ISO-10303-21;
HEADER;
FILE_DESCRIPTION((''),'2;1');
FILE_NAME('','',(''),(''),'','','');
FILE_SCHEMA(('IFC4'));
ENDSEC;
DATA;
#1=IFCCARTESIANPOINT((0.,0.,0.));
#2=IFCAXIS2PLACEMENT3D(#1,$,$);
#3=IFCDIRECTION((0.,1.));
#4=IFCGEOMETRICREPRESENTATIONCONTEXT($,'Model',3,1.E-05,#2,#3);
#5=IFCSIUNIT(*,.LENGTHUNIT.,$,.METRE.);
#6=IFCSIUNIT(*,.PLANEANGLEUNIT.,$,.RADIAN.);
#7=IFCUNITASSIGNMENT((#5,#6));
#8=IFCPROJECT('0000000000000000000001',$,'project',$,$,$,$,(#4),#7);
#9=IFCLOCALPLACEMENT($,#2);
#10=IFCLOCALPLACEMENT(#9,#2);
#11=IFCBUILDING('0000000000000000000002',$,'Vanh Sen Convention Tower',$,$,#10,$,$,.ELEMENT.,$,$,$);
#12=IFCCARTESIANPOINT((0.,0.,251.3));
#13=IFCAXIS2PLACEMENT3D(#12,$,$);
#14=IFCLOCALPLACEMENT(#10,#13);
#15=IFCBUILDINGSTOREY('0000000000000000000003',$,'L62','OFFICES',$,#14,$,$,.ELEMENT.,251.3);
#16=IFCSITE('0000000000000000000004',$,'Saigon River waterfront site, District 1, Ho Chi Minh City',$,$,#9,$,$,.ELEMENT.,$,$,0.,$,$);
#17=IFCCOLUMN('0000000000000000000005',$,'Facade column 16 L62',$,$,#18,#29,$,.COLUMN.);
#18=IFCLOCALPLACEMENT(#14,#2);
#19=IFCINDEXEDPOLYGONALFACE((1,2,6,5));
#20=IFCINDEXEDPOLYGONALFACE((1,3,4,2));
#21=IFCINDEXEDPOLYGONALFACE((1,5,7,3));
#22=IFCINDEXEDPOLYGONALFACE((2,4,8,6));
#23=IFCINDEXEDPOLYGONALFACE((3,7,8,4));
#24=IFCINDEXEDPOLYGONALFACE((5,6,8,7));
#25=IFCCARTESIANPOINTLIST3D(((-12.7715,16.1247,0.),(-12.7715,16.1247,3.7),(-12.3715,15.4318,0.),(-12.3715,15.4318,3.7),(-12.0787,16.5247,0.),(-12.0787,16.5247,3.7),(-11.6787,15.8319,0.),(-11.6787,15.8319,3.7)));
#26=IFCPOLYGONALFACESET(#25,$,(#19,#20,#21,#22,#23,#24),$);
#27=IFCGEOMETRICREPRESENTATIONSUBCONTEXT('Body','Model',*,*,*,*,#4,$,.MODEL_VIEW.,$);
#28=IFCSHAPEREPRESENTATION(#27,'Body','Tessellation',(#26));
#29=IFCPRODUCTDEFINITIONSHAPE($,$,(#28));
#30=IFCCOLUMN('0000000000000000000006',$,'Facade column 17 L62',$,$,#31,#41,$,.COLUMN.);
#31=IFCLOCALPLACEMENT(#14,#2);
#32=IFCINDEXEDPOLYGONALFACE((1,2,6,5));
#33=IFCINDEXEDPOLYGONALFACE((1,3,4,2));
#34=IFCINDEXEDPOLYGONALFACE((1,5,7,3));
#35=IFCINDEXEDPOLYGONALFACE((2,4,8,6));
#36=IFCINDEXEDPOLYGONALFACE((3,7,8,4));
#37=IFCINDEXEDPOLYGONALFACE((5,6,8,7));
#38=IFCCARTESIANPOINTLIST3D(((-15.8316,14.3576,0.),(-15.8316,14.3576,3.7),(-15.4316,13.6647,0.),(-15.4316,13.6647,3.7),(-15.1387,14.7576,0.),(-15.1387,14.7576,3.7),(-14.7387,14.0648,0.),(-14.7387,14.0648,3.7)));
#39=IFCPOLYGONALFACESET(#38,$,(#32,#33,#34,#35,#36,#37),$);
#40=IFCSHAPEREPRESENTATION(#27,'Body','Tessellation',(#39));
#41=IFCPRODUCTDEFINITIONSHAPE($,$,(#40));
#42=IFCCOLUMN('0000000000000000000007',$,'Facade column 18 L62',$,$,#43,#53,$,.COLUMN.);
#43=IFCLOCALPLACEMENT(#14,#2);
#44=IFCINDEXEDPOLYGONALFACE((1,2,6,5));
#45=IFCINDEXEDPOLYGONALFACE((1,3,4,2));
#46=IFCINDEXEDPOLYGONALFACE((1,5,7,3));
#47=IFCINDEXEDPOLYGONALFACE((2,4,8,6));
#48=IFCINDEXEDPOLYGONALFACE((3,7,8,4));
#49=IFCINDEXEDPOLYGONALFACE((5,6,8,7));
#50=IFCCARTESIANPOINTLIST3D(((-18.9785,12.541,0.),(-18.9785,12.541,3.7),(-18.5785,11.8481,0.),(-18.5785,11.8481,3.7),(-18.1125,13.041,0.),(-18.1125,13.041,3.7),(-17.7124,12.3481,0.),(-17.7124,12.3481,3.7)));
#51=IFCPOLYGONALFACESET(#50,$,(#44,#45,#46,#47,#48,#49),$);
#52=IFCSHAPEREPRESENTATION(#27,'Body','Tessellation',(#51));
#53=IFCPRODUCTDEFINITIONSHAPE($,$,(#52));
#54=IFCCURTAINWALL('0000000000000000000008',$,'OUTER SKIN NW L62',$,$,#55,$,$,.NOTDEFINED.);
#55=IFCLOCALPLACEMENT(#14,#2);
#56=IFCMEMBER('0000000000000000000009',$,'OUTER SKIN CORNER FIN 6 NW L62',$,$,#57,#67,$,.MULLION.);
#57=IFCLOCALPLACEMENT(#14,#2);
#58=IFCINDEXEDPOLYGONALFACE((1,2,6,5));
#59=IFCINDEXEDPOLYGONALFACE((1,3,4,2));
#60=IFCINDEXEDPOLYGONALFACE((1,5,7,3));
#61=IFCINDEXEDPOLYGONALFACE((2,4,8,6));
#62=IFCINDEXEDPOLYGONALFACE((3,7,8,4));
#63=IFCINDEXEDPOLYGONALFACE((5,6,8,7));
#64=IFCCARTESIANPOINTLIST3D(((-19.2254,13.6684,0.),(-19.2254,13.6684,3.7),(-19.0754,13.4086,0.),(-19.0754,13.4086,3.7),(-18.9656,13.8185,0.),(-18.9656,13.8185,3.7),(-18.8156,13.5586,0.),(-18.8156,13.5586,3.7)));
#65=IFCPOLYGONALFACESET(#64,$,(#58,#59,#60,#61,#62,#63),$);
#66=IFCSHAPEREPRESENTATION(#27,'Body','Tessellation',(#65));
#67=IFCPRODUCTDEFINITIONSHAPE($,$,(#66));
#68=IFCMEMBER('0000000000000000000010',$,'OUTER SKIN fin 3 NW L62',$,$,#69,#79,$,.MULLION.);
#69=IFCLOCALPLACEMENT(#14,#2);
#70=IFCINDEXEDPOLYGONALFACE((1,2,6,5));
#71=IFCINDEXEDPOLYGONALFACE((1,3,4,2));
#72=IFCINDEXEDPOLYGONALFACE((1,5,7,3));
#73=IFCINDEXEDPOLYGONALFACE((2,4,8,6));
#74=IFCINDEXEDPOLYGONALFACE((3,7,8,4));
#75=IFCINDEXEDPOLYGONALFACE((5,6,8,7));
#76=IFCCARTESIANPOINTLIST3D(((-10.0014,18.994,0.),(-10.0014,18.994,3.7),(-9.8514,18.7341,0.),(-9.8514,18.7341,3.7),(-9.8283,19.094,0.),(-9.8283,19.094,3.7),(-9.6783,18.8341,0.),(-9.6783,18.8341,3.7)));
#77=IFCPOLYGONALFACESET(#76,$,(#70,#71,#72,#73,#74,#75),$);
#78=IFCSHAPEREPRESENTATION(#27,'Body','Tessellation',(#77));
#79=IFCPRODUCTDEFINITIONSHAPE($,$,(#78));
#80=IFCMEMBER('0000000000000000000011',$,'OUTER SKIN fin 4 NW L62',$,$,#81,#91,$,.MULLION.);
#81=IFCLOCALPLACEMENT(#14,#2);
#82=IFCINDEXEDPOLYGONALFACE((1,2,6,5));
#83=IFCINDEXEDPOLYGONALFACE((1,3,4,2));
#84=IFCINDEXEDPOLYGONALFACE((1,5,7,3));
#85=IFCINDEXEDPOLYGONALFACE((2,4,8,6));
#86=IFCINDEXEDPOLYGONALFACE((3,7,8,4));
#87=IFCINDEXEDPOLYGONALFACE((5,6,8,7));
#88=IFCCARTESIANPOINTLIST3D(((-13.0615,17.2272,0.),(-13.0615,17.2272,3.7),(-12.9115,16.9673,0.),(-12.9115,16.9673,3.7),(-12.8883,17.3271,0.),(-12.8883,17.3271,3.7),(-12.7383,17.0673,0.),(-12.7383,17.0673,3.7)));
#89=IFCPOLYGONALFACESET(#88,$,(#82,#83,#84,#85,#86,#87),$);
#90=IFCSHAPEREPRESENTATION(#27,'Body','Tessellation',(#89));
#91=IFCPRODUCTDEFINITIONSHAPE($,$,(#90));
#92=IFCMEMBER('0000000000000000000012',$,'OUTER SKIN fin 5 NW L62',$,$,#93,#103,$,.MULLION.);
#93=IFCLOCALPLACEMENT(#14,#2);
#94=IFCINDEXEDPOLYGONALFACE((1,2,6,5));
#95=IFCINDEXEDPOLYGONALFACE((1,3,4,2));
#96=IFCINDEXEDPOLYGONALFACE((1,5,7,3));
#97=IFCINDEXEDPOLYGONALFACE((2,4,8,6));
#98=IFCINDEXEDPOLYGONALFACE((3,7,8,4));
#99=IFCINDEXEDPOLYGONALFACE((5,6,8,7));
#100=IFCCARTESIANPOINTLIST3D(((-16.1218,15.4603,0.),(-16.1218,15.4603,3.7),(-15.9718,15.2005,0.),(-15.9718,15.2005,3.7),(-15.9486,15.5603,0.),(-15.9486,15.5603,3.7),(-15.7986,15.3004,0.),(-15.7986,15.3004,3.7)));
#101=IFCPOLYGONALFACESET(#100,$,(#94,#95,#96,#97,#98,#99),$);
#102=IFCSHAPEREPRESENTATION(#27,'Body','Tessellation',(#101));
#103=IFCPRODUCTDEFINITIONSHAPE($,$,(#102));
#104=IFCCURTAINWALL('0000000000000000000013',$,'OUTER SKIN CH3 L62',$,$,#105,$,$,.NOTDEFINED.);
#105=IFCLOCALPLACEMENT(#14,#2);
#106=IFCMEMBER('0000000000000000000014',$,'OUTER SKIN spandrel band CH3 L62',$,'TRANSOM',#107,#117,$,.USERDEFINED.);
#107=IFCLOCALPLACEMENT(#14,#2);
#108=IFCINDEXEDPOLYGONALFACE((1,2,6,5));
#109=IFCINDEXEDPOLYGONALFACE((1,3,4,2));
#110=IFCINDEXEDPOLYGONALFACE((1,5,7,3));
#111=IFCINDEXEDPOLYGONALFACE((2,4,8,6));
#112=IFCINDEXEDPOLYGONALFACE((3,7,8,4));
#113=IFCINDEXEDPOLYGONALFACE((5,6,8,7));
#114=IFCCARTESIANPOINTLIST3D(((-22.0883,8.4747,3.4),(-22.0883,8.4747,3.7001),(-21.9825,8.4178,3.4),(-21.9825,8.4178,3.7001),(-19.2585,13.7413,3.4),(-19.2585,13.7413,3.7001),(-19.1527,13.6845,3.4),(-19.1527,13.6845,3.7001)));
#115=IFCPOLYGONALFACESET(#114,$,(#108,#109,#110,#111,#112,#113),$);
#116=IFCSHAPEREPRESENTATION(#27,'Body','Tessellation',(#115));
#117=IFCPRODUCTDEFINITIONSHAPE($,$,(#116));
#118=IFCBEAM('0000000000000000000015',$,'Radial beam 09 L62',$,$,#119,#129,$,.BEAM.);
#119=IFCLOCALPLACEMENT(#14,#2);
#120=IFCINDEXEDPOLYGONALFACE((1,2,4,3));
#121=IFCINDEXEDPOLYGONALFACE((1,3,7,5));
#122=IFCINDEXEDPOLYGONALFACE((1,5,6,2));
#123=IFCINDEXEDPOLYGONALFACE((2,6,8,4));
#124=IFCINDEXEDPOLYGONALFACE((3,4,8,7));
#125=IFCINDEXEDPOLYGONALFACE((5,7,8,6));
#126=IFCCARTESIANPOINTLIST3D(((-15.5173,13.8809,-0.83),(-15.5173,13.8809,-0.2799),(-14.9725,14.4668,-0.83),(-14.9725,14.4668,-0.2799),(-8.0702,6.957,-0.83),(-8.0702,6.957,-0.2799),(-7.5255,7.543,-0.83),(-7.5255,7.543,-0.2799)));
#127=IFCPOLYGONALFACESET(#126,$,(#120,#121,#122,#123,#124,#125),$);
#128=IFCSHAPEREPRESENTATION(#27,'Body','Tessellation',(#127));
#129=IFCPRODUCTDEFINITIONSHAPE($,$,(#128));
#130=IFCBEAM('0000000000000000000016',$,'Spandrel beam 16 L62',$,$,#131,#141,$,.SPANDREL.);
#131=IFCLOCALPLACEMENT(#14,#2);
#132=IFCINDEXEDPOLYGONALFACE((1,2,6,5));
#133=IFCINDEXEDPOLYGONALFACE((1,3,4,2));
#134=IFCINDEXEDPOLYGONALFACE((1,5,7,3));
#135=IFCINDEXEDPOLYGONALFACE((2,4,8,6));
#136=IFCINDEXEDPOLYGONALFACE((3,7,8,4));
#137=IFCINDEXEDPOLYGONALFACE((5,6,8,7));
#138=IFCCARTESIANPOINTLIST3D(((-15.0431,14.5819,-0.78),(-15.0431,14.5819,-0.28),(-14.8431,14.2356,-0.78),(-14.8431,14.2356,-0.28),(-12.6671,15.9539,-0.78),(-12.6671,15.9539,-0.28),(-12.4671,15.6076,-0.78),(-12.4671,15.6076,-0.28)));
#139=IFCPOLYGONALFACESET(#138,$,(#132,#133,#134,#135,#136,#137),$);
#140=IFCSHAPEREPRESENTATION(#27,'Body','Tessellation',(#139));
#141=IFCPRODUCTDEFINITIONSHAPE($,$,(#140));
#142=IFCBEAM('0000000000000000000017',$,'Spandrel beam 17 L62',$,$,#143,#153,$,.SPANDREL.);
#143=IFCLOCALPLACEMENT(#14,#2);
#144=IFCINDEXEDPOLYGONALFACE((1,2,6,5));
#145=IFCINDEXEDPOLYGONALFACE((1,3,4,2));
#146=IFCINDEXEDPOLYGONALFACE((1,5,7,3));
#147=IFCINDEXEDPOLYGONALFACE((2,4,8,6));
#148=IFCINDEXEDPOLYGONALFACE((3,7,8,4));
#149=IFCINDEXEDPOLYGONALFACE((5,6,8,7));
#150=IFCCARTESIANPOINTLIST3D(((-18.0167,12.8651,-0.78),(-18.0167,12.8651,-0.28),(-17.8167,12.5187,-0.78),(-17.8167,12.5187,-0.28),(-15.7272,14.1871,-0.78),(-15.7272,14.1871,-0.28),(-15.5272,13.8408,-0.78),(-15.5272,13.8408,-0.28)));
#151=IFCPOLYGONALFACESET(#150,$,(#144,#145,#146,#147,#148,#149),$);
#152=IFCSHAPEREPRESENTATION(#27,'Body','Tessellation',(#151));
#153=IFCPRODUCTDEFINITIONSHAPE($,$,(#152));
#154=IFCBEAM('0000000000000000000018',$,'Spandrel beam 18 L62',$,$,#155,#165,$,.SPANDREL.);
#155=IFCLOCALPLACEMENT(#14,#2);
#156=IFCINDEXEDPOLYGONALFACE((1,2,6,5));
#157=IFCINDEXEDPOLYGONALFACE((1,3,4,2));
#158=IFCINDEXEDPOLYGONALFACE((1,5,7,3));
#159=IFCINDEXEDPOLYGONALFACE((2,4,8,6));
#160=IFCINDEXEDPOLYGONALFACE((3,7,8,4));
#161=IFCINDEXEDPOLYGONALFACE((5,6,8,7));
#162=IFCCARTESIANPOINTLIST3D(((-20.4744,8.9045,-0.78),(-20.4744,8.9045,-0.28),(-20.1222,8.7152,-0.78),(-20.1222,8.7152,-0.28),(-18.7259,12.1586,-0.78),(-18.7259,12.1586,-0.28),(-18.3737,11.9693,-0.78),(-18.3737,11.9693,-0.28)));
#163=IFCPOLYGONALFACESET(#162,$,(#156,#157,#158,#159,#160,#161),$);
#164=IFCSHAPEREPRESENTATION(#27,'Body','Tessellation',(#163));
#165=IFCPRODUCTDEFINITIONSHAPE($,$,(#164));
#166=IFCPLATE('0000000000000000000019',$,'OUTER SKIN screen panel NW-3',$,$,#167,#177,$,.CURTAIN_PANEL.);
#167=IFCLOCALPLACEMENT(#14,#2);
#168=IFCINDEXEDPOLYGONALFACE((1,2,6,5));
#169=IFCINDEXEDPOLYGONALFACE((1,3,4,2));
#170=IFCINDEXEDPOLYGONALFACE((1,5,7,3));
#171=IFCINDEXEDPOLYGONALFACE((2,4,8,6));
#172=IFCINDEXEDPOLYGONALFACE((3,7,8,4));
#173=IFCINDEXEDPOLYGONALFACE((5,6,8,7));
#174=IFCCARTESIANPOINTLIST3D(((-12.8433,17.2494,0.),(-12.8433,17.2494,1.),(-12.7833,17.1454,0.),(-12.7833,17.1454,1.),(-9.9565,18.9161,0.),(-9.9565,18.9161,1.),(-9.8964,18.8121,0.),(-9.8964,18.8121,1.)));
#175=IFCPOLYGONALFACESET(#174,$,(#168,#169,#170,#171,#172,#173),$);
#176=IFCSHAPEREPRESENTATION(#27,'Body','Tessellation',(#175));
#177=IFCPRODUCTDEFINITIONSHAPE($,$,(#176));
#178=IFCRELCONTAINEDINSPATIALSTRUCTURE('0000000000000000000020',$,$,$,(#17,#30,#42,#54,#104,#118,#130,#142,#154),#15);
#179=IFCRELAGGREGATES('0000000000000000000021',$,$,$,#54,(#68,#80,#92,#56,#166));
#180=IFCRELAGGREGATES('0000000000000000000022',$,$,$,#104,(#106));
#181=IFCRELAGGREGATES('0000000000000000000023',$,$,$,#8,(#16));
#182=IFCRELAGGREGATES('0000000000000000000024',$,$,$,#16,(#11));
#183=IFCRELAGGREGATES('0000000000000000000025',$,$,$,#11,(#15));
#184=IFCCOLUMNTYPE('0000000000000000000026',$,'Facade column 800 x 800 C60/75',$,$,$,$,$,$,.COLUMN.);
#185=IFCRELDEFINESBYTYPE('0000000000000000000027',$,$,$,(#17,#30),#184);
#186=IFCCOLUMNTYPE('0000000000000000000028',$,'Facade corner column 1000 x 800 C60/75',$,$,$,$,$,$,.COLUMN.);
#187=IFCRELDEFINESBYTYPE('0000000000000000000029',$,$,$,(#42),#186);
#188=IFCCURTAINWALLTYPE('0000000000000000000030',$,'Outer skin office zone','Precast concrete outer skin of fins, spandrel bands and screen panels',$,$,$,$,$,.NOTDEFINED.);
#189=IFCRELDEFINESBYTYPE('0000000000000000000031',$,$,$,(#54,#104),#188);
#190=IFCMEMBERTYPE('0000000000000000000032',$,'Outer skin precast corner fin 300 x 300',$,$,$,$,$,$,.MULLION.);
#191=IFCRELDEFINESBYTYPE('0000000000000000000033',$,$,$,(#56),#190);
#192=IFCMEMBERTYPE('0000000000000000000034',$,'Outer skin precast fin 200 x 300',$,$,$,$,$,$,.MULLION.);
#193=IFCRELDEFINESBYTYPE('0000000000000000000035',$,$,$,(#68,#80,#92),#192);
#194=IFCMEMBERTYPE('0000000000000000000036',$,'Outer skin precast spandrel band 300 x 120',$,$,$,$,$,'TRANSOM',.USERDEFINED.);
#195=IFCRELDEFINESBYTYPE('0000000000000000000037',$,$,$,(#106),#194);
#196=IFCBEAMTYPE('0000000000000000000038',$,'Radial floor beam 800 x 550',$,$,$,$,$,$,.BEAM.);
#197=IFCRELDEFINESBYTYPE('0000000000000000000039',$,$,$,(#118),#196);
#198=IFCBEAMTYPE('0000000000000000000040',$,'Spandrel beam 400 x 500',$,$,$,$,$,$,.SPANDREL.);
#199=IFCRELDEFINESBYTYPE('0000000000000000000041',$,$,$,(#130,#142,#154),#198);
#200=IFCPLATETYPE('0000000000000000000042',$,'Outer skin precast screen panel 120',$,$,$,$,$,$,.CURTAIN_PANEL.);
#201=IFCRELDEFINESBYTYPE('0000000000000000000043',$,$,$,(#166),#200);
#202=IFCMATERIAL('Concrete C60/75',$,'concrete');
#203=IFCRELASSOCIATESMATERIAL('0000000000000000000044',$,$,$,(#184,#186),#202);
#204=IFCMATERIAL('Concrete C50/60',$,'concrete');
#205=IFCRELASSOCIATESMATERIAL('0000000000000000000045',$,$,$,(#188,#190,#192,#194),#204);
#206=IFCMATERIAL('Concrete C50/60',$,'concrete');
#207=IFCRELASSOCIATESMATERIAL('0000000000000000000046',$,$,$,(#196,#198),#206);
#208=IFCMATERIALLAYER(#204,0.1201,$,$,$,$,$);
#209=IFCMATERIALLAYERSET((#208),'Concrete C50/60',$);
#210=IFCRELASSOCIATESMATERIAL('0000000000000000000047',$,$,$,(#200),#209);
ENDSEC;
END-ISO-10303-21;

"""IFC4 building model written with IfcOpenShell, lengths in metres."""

from ifc_helpers import new_model, si_unit, direction, frame, origin, origin_2d, place, context, subcontext, project, spatial, rectangle, extrude, material, layer, layer_set, material_profile, profile_set, type_object, element, aggregate, save


model = new_model("IFC4")

# Units and contexts
model_context = context("Model", 3, precision=1e-05, world=origin(), true_north=direction((0.0, 1.0)))
body_context = subcontext(model_context, "Body", "Model", "MODEL_VIEW")
ifc_project = project(units=[si_unit("LENGTHUNIT", "METRE"), si_unit("PLANEANGLEUNIT", "RADIAN")], contexts=[model_context])

# Site, building, storey
site_placement = place(None, origin())
site = spatial("IfcSite", under=ifc_project, at=site_placement, Name="Saigon River waterfront site, District 1, Ho Chi Minh City", CompositionType="ELEMENT", RefElevation=0.0)
building_placement = place(site_placement, origin())
building = spatial("IfcBuilding", under=site, at=building_placement, Name="Vanh Sen Convention Tower", CompositionType="ELEMENT")
storey_placement = place(building_placement, frame((0.0, 0.0, 251.3)))
storey = spatial("IfcBuildingStorey", under=building, at=storey_placement, Name="L62", Description="OFFICES", CompositionType="ELEMENT", Elevation=251.3)

# Columns
ifc_material_1 = material(Name="Concrete C60/75", Category="concrete")
ifc_material_profile_1 = material_profile(ifc_material_1, rectangle(XDim=0.8, YDim=0.8, at=origin_2d()), Name="RC 800X800")
ifc_profile_set_1 = profile_set([ifc_material_profile_1], Name="Concrete C60/75")
column_type_1 = type_object("IfcColumnType", Name="Facade column 800 x 800 C60/75", PredefinedType="COLUMN", material=ifc_profile_set_1)
for number, where, z_axis, x_axis, name in (
    (1, (-12.2251, 15.9783, 0.0), (0.0, 0.0, 1.0), (-0.866025, -0.5, 0.0), "Facade column 16 L62"),
    (2, (-15.2852, 14.2112, 0.0), (0.0, 0.0, 1.0), (-0.866025, -0.5, 0.0), "Facade column 17 L62"),
):
    element("IfcColumn", number, at=place(storey_placement, frame(where, z_axis=z_axis, x_axis=x_axis)), inside=storey, type_object=column_type_1, Name=name, PredefinedType="COLUMN", context=body_context, shape_type="SweptSolid", body=[
        extrude(rectangle(XDim=0.8, YDim=0.8, at=origin_2d()), origin(), (0.0, 0.0, 1.0), 3.7),
    ])
ifc_material_profile_2 = material_profile(ifc_material_1, rectangle(XDim=1.0, YDim=0.8, at=origin_2d()), Name="RC 1000X800")
ifc_profile_set_2 = profile_set([ifc_material_profile_2], Name="Concrete C60/75")
column_type_2 = type_object("IfcColumnType", Name="Facade corner column 1000 x 800 C60/75", PredefinedType="COLUMN", material=ifc_profile_set_2)
column_placement = place(storey_placement, frame((-18.3455, 12.4446, 0.0), z_axis=(0.0, 0.0, 1.0), x_axis=(-0.866025, -0.5, 0.0)))
element("IfcColumn", 3, at=column_placement, inside=storey, type_object=column_type_2, Name="Facade column 18 L62", PredefinedType="COLUMN", context=body_context, shape_type="SweptSolid", body=[
    extrude(rectangle(XDim=1.0, YDim=0.8, at=origin_2d()), origin(), (0.0, 0.0, 1.0), 3.7),
])

# Curtain wall, members
ifc_material_2 = material(Name="Concrete C50/60", Category="concrete")
curtain_wall_type = type_object("IfcCurtainWallType", Name="Outer skin office zone", Description="Precast concrete outer skin of fins, spandrel bands and screen panels", PredefinedType="NOTDEFINED", material=ifc_material_2)
curtain_wall_1_placement = place(storey_placement, origin())
curtain_wall_1 = element("IfcCurtainWall", 4, at=curtain_wall_1_placement, inside=storey, type_object=curtain_wall_type, Name="OUTER SKIN NW L62", PredefinedType="NOTDEFINED")
ifc_material_profile_3 = material_profile(ifc_material_2, rectangle(XDim=0.3, YDim=0.3, at=origin_2d()), Name="Outer skin precast corner fin 300 x 300")
ifc_profile_set_3 = profile_set([ifc_material_profile_3], Name="Concrete C50/60")
member_type_1 = type_object("IfcMemberType", Name="Outer skin precast corner fin 300 x 300", PredefinedType="MULLION", material=ifc_profile_set_3)
member_1_placement = place(storey_placement, frame((-19.0205, 13.6135, 0.0), z_axis=(0.0, 0.0, 1.0), x_axis=(-0.866025, -0.5, 0.0)))
member_1 = element("IfcMember", 5, at=member_1_placement, type_object=member_type_1, Name="OUTER SKIN CORNER FIN 6 NW L62", PredefinedType="MULLION", context=body_context, shape_type="SweptSolid", body=[
    extrude(rectangle(XDim=0.3, YDim=0.3, at=origin_2d()), origin(), (0.0, 0.0, 1.0), 3.7),
])
ifc_material_profile_4 = material_profile(ifc_material_2, rectangle(XDim=0.2, YDim=0.3, at=origin_2d()), Name="Outer skin precast fin 200 x 300")
ifc_profile_set_4 = profile_set([ifc_material_profile_4], Name="Concrete C50/60")
member_type_2 = type_object("IfcMemberType", Name="Outer skin precast fin 200 x 300", PredefinedType="MULLION", material=ifc_profile_set_4)
member_2_placement = place(storey_placement, frame((-9.8398, 18.9141, 0.0), z_axis=(0.0, 0.0, 1.0), x_axis=(-0.866025, -0.5, 0.0)))
member_2 = element("IfcMember", 6, at=member_2_placement, type_object=member_type_2, Name="OUTER SKIN fin 3 NW L62", PredefinedType="MULLION", context=body_context, shape_type="SweptSolid", body=[
    extrude(rectangle(XDim=0.2, YDim=0.3, at=origin_2d()), origin(), (0.0, 0.0, 1.0), 3.7),
])
member_3_placement = place(storey_placement, frame((-12.8999, 17.1472, 0.0), z_axis=(0.0, 0.0, 1.0), x_axis=(-0.866025, -0.5, 0.0)))
member_3 = element("IfcMember", 7, at=member_3_placement, type_object=member_type_2, Name="OUTER SKIN fin 4 NW L62", PredefinedType="MULLION", context=body_context, shape_type="SweptSolid", body=[
    extrude(rectangle(XDim=0.2, YDim=0.3, at=origin_2d()), origin(), (0.0, 0.0, 1.0), 3.7),
])
member_4_placement = place(storey_placement, frame((-15.9602, 15.3804, 0.0), z_axis=(0.0, 0.0, 1.0), x_axis=(-0.866025, -0.5, 0.0)))
member_4 = element("IfcMember", 8, at=member_4_placement, type_object=member_type_2, Name="OUTER SKIN fin 5 NW L62", PredefinedType="MULLION", context=body_context, shape_type="SweptSolid", body=[
    extrude(rectangle(XDim=0.2, YDim=0.3, at=origin_2d()), origin(), (0.0, 0.0, 1.0), 3.7),
])

# Curtain wall, member
curtain_wall_2_placement = place(storey_placement, origin())
curtain_wall_2 = element("IfcCurtainWall", 9, at=curtain_wall_2_placement, inside=storey, type_object=curtain_wall_type, Name="OUTER SKIN CH3 L62", PredefinedType="NOTDEFINED")
ifc_material_profile_5 = material_profile(ifc_material_2, rectangle(XDim=0.1201, YDim=0.3, at=origin_2d()), Name="Outer skin precast spandrel band 300 x 120")
ifc_profile_set_5 = profile_set([ifc_material_profile_5], Name="Concrete C50/60")
member_type_3 = type_object("IfcMemberType", Name="Outer skin precast spandrel band 300 x 120", ElementType="TRANSOM", PredefinedType="USERDEFINED", material=ifc_profile_set_5)
member_5_placement = place(storey_placement, frame((-19.2056, 13.7129, 3.55), z_axis=(-0.473318, -0.880892, 0.0), x_axis=(0.880892, -0.473318, 0.0)))
member_5 = element("IfcMember", 10, at=member_5_placement, type_object=member_type_3, Name="OUTER SKIN spandrel band CH3 L62", ObjectType="TRANSOM", PredefinedType="USERDEFINED", context=body_context, shape_type="SweptSolid", body=[
    extrude(rectangle(XDim=0.1201, YDim=0.3, at=origin_2d()), origin(), (0.0, 0.0, 1.0), 5.9788),
])

# Beams
ifc_material_3 = material(Name="Concrete C50/60", Category="concrete")
ifc_material_profile_6 = material_profile(ifc_material_3, rectangle(XDim=0.8, YDim=0.55, at=origin_2d()), Name="RC 800X550")
ifc_profile_set_6 = profile_set([ifc_material_profile_6], Name="Concrete C50/60")
beam_type_1 = type_object("IfcBeamType", Name="Radial floor beam 800 x 550", PredefinedType="BEAM", material=ifc_profile_set_6)
beam_1_placement = place(storey_placement, frame((-15.2449, 14.1738, -0.5549), z_axis=(0.732365, -0.680912, 0.0), x_axis=(0.680912, 0.732365, 0.0)))
element("IfcBeam", 11, at=beam_1_placement, inside=storey, type_object=beam_type_1, Name="Radial beam 09 L62", PredefinedType="BEAM", context=body_context, shape_type="SweptSolid", body=[
    extrude(rectangle(XDim=0.8, YDim=0.55, at=origin_2d()), origin(), (0.0, 0.0, 1.0), 10.1685),
])
ifc_material_profile_7 = material_profile(ifc_material_3, rectangle(XDim=0.3999, YDim=0.5, at=origin_2d()), Name="RC 400X500")
ifc_profile_set_7 = profile_set([ifc_material_profile_7], Name="Concrete C50/60")
beam_type_2 = type_object("IfcBeamType", Name="Spandrel beam 400 x 500", PredefinedType="SPANDREL", material=ifc_profile_set_7)
beam_2_placement = place(storey_placement, frame((-12.5671, 15.7808, -0.53), z_axis=(-0.865978, -0.500082, 0.0), x_axis=(0.500082, -0.865978, 0.0)))
element("IfcBeam", 12, at=beam_2_placement, inside=storey, type_object=beam_type_2, Name="Spandrel beam 16 L62", PredefinedType="SPANDREL", context=body_context, shape_type="SweptSolid", body=[
    extrude(rectangle(XDim=0.3999, YDim=0.5, at=origin_2d()), origin(), (0.0, 0.0, 1.0), 2.7437),
])
beam_3_placement = place(storey_placement, frame((-15.6272, 14.0139, -0.53), z_axis=(-0.866001, -0.500042, 0.0), x_axis=(0.500042, -0.866001, 0.0)))
element("IfcBeam", 13, at=beam_3_placement, inside=storey, type_object=beam_type_2, Name="Spandrel beam 17 L62", PredefinedType="SPANDREL", context=body_context, shape_type="SweptSolid", body=[
    extrude(rectangle(XDim=0.3999, YDim=0.5, at=origin_2d()), origin(), (0.0, 0.0, 1.0), 2.6438),
])
beam_4_placement = place(storey_placement, frame((-18.5498, 12.064, -0.53), z_axis=(-0.473323, -0.880889, 0.0), x_axis=(0.880889, -0.473323, 0.0)))
element("IfcBeam", 14, at=beam_4_placement, inside=storey, type_object=beam_type_2, Name="Spandrel beam 18 L62", PredefinedType="SPANDREL", context=body_context, shape_type="SweptSolid", body=[
    extrude(rectangle(XDim=0.3999, YDim=0.5, at=origin_2d()), origin(), (0.0, 0.0, 1.0), 3.6941),
])

# Plate
ifc_layer_1 = layer(ifc_material_2, 0.1201)
ifc_layer_set_1 = layer_set([ifc_layer_1], Name="Concrete C50/60")
plate_type = type_object("IfcPlateType", Name="Outer skin precast screen panel 120", PredefinedType="CURTAIN_PANEL", material=ifc_layer_set_1)
plate_1_placement = place(storey_placement, frame((-11.3699, 18.0308, 0.0), z_axis=(0.0, 0.0, 1.0), x_axis=(-0.866026, -0.499998, 0.0)))
plate_1 = element("IfcPlate", 15, at=plate_1_placement, type_object=plate_type, Name="OUTER SKIN screen panel NW-3", PredefinedType="CURTAIN_PANEL", context=body_context, shape_type="SweptSolid", body=[
    extrude(rectangle(XDim=3.3335, YDim=0.1201, at=origin_2d()), origin(), (0.0, 0.0, 1.0), 1.0),
])
aggregate(curtain_wall_1, [member_2, member_3, member_4, member_1, plate_1])
aggregate(curtain_wall_2, [member_5])

save(model, "model.ifc")
